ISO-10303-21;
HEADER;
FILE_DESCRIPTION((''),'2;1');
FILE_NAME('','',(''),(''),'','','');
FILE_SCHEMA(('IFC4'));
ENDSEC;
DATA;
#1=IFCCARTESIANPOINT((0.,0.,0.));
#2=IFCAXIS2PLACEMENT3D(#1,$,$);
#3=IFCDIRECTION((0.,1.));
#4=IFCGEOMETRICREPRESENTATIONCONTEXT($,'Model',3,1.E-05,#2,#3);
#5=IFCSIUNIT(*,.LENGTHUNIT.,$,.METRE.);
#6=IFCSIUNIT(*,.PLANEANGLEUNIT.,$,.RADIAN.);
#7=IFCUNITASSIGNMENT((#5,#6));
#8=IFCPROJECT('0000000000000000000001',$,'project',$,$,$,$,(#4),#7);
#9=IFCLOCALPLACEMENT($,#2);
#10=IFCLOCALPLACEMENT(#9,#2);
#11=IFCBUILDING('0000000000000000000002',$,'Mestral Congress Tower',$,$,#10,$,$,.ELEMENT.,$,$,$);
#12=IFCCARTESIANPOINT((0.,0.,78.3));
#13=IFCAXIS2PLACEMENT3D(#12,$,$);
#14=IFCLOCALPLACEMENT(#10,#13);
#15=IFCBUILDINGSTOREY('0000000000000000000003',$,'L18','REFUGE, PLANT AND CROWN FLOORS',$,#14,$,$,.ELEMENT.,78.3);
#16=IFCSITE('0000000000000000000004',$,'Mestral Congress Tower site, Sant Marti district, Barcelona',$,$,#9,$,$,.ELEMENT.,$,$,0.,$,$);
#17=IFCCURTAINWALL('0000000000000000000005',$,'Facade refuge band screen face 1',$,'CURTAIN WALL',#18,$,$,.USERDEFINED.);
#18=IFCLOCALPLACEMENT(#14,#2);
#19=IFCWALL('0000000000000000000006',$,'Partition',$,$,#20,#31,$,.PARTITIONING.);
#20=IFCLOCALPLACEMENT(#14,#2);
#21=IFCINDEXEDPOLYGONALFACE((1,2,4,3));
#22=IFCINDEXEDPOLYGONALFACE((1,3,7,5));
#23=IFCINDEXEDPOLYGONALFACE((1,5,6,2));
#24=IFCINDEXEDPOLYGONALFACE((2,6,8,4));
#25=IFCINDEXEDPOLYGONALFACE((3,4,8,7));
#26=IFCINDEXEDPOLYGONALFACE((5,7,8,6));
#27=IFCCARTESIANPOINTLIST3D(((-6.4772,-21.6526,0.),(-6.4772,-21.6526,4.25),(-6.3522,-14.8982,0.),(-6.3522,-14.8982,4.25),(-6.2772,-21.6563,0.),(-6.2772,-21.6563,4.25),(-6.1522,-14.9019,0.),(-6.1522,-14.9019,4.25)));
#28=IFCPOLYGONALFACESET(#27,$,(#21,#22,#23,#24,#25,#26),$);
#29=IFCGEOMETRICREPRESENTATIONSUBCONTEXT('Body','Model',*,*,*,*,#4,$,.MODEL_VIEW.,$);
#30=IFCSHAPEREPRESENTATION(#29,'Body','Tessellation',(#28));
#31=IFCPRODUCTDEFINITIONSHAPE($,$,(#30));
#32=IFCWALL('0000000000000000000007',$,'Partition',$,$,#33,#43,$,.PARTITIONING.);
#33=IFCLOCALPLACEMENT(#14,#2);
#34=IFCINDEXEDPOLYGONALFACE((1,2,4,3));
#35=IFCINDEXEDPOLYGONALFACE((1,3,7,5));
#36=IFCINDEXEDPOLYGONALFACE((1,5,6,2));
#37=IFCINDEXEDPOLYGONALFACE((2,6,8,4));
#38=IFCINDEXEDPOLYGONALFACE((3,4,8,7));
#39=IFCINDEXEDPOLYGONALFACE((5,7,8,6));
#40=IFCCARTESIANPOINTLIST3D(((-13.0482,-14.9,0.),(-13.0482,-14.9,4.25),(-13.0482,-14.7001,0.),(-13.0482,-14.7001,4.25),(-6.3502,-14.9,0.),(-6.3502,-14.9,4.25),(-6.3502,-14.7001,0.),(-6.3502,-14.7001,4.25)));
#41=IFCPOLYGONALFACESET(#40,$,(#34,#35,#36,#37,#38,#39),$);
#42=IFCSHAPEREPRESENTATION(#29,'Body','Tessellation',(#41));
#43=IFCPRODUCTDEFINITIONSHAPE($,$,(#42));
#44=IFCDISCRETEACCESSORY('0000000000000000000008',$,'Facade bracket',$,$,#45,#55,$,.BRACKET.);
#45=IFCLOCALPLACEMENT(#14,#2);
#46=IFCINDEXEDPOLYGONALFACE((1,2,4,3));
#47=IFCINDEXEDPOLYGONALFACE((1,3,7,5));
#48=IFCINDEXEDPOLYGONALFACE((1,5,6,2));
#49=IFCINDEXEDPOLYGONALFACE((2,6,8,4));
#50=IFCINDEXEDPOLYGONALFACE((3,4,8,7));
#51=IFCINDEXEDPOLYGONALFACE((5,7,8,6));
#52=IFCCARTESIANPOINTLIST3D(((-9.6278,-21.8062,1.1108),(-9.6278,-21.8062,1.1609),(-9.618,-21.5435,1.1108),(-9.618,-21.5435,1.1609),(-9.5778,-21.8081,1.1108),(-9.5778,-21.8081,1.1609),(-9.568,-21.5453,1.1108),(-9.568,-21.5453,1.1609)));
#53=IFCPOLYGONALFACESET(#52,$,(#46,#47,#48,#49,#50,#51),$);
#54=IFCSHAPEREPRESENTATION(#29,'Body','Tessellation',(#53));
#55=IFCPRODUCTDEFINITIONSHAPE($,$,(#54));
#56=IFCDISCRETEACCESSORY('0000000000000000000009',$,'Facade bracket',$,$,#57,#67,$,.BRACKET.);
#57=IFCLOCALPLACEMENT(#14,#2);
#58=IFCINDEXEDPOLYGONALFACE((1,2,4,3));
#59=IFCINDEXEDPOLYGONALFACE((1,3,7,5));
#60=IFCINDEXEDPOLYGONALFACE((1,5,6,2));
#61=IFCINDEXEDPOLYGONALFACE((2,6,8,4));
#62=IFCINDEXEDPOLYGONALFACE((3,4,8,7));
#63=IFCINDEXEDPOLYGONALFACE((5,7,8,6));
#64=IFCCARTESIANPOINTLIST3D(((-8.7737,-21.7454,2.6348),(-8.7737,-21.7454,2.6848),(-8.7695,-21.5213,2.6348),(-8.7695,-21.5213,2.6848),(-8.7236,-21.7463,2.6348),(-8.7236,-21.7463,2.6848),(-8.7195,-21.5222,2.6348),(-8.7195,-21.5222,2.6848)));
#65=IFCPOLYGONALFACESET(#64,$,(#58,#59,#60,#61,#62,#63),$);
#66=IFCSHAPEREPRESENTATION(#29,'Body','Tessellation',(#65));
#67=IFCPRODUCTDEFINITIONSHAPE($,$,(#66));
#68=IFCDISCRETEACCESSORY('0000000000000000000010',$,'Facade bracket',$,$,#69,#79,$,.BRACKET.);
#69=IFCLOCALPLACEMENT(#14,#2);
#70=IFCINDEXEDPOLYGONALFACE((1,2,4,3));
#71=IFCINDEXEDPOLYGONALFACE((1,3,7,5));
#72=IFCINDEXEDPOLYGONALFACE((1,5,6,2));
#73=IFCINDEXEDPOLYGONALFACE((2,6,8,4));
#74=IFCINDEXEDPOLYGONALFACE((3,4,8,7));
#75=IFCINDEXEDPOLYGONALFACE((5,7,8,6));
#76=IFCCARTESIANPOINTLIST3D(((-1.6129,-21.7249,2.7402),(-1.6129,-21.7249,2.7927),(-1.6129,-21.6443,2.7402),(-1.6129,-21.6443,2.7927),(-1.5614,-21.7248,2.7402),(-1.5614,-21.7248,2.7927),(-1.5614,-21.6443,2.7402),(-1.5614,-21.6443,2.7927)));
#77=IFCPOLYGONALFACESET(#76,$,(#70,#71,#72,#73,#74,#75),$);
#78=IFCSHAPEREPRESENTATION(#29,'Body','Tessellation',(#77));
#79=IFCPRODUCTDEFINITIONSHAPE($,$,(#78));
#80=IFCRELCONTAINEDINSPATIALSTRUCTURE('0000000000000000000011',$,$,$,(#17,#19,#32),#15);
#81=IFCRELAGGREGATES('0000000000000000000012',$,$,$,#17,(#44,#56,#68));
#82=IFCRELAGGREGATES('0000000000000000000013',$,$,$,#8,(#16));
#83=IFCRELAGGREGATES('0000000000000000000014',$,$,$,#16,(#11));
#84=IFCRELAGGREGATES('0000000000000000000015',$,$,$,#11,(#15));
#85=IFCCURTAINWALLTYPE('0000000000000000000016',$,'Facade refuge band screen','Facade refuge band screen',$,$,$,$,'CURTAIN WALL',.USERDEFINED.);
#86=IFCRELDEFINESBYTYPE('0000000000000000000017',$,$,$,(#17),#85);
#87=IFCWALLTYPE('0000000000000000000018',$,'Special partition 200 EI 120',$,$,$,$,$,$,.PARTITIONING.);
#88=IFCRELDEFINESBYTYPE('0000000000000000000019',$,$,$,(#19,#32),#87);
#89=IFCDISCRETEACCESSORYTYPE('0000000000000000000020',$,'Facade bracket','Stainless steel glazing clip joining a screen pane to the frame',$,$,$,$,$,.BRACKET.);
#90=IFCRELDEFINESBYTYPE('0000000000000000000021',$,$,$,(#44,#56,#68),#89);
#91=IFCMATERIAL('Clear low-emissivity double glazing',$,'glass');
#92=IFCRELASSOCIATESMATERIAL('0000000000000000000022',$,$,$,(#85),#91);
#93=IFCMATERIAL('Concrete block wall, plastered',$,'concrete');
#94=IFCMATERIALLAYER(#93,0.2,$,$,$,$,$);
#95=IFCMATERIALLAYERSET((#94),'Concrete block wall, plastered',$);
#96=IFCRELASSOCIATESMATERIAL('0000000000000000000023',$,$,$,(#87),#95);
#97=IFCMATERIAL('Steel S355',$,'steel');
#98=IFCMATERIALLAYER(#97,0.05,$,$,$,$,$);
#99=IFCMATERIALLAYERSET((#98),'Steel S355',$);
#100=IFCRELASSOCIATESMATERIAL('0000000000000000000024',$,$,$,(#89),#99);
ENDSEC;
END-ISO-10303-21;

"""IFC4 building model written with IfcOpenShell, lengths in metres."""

from ifc_helpers import new_model, si_unit, direction, frame, frame_2d, origin, origin_2d, place, context, subcontext, project, spatial, rectangle, extrude, material, layer, layer_set, type_object, element, aggregate, save


model = new_model("IFC4")

# Units and contexts
model_context = context("Model", 3, precision=1e-05, world=origin(), true_north=direction((0.0, 1.0)))
body_context = subcontext(model_context, "Body", "Model", "MODEL_VIEW")
ifc_project = project(units=[si_unit("LENGTHUNIT", "METRE"), si_unit("PLANEANGLEUNIT", "RADIAN")], contexts=[model_context])

# Site, building, storey
site_placement = place(None, origin())
site = spatial("IfcSite", under=ifc_project, at=site_placement, Name="Mestral Congress Tower site, Sant Marti district, Barcelona", CompositionType="ELEMENT", RefElevation=0.0)
building_placement = place(site_placement, origin())
building = spatial("IfcBuilding", under=site, at=building_placement, Name="Mestral Congress Tower", CompositionType="ELEMENT")
storey_placement = place(building_placement, frame((0.0, 0.0, 78.3)))
storey = spatial("IfcBuildingStorey", under=building, at=storey_placement, Name="L18", Description="REFUGE, PLANT AND CROWN FLOORS", CompositionType="ELEMENT", Elevation=78.3)

# Curtain wall
ifc_material_1 = material(Name="Clear low-emissivity double glazing", Category="glass")
curtain_wall_type = type_object("IfcCurtainWallType", Name="Facade refuge band screen", Description="Facade refuge band screen", ElementType="CURTAIN WALL", PredefinedType="USERDEFINED", material=ifc_material_1)
curtain_wall_placement = place(storey_placement, origin())
curtain_wall = element("IfcCurtainWall", 1, at=curtain_wall_placement, inside=storey, type_object=curtain_wall_type, Name="Facade refuge band screen face 1", ObjectType="CURTAIN WALL", PredefinedType="USERDEFINED")

# Shared definitions
ifc_material_2 = material(Name="Concrete block wall, plastered", Category="concrete")
ifc_layer_1 = layer(ifc_material_2, 0.2)
ifc_layer_set_1 = layer_set([ifc_layer_1], Name="Concrete block wall, plastered")
wall_type_1 = type_object("IfcWallType", Name="Special partition 200 EI 120", PredefinedType="PARTITIONING", material=ifc_layer_set_1)

# Walls
wall_1_placement = place(storey_placement, frame((-6.2522, -14.8999, 0.0), z_axis=(0.0, 0.0, 1.0), x_axis=(-0.018503, -0.999829, 0.0)))
element("IfcWall", 2, at=wall_1_placement, inside=storey, type_object=wall_type_1, Name="Partition", PredefinedType="PARTITIONING", context=body_context, shape_type="SweptSolid", body=[
    extrude(rectangle(XDim=6.7556, YDim=0.2, at=frame_2d((3.3779, 0.0))), origin(), (0.0, 0.0, 1.0), 4.25),
])
wall_2_placement = place(storey_placement, frame((-6.3501, -14.8, 0.0), z_axis=(0.0, 0.0, 1.0), x_axis=(-1.0, 0.0, 0.0)))
element("IfcWall", 3, at=wall_2_placement, inside=storey, type_object=wall_type_1, Name="Partition", PredefinedType="PARTITIONING", context=body_context, shape_type="SweptSolid", body=[
    extrude(rectangle(XDim=6.698, YDim=0.2, at=frame_2d((3.3491, 0.0))), origin(), (0.0, 0.0, 1.0), 4.25),
])

# Discrete accessories
ifc_material_3 = material(Name="Steel S355", Category="steel")
ifc_layer_2 = layer(ifc_material_3, 0.05)
ifc_layer_set_2 = layer_set([ifc_layer_2], Name="Steel S355")
discrete_accessory_type = type_object("IfcDiscreteAccessoryType", Name="Facade bracket", Description="Stainless steel glazing clip joining a screen pane to the frame", PredefinedType="BRACKET", material=ifc_layer_set_2)
discrete_accessory_1_placement = place(storey_placement, frame((-9.5979, -21.6758, 1.1108), z_axis=(0.0, 0.0, 1.0), x_axis=(0.999317, -0.036958, 0.0)))
discrete_accessory_1 = element("IfcDiscreteAccessory", 4, at=discrete_accessory_1_placement, type_object=discrete_accessory_type, Name="Facade bracket", PredefinedType="BRACKET", context=body_context, shape_type="SweptSolid", body=[
    extrude(rectangle(XDim=0.05, YDim=0.2629, at=origin_2d()), origin(), (0.0, 0.0, 1.0), 0.05),
])
discrete_accessory_2_placement = place(storey_placement, frame((-8.7466, -21.6338, 2.6348), z_axis=(0.0, 0.0, 1.0), x_axis=(0.99983, -0.018456, 0.0)))
discrete_accessory_2 = element("IfcDiscreteAccessory", 5, at=discrete_accessory_2_placement, type_object=discrete_accessory_type, Name="Facade bracket", PredefinedType="BRACKET", context=body_context, shape_type="SweptSolid", body=[
    extrude(rectangle(XDim=0.05, YDim=0.2241, at=origin_2d()), origin(), (0.0, 0.0, 1.0), 0.05),
])
discrete_accessory_3_placement = place(storey_placement, frame((-1.5872, -21.6846, 2.7402), z_axis=(0.0, 0.0, 1.0), x_axis=(1.0, 0.000264, 0.0)))
discrete_accessory_3 = element("IfcDiscreteAccessory", 6, at=discrete_accessory_3_placement, type_object=discrete_accessory_type, Name="Facade bracket", PredefinedType="BRACKET", context=body_context, shape_type="SweptSolid", body=[
    extrude(rectangle(XDim=0.0515, YDim=0.0806, at=origin_2d()), origin(), (0.0, 0.0, 1.0), 0.0525),
])
aggregate(curtain_wall, [discrete_accessory_1, discrete_accessory_2, discrete_accessory_3])

save(model, "model.ifc")
